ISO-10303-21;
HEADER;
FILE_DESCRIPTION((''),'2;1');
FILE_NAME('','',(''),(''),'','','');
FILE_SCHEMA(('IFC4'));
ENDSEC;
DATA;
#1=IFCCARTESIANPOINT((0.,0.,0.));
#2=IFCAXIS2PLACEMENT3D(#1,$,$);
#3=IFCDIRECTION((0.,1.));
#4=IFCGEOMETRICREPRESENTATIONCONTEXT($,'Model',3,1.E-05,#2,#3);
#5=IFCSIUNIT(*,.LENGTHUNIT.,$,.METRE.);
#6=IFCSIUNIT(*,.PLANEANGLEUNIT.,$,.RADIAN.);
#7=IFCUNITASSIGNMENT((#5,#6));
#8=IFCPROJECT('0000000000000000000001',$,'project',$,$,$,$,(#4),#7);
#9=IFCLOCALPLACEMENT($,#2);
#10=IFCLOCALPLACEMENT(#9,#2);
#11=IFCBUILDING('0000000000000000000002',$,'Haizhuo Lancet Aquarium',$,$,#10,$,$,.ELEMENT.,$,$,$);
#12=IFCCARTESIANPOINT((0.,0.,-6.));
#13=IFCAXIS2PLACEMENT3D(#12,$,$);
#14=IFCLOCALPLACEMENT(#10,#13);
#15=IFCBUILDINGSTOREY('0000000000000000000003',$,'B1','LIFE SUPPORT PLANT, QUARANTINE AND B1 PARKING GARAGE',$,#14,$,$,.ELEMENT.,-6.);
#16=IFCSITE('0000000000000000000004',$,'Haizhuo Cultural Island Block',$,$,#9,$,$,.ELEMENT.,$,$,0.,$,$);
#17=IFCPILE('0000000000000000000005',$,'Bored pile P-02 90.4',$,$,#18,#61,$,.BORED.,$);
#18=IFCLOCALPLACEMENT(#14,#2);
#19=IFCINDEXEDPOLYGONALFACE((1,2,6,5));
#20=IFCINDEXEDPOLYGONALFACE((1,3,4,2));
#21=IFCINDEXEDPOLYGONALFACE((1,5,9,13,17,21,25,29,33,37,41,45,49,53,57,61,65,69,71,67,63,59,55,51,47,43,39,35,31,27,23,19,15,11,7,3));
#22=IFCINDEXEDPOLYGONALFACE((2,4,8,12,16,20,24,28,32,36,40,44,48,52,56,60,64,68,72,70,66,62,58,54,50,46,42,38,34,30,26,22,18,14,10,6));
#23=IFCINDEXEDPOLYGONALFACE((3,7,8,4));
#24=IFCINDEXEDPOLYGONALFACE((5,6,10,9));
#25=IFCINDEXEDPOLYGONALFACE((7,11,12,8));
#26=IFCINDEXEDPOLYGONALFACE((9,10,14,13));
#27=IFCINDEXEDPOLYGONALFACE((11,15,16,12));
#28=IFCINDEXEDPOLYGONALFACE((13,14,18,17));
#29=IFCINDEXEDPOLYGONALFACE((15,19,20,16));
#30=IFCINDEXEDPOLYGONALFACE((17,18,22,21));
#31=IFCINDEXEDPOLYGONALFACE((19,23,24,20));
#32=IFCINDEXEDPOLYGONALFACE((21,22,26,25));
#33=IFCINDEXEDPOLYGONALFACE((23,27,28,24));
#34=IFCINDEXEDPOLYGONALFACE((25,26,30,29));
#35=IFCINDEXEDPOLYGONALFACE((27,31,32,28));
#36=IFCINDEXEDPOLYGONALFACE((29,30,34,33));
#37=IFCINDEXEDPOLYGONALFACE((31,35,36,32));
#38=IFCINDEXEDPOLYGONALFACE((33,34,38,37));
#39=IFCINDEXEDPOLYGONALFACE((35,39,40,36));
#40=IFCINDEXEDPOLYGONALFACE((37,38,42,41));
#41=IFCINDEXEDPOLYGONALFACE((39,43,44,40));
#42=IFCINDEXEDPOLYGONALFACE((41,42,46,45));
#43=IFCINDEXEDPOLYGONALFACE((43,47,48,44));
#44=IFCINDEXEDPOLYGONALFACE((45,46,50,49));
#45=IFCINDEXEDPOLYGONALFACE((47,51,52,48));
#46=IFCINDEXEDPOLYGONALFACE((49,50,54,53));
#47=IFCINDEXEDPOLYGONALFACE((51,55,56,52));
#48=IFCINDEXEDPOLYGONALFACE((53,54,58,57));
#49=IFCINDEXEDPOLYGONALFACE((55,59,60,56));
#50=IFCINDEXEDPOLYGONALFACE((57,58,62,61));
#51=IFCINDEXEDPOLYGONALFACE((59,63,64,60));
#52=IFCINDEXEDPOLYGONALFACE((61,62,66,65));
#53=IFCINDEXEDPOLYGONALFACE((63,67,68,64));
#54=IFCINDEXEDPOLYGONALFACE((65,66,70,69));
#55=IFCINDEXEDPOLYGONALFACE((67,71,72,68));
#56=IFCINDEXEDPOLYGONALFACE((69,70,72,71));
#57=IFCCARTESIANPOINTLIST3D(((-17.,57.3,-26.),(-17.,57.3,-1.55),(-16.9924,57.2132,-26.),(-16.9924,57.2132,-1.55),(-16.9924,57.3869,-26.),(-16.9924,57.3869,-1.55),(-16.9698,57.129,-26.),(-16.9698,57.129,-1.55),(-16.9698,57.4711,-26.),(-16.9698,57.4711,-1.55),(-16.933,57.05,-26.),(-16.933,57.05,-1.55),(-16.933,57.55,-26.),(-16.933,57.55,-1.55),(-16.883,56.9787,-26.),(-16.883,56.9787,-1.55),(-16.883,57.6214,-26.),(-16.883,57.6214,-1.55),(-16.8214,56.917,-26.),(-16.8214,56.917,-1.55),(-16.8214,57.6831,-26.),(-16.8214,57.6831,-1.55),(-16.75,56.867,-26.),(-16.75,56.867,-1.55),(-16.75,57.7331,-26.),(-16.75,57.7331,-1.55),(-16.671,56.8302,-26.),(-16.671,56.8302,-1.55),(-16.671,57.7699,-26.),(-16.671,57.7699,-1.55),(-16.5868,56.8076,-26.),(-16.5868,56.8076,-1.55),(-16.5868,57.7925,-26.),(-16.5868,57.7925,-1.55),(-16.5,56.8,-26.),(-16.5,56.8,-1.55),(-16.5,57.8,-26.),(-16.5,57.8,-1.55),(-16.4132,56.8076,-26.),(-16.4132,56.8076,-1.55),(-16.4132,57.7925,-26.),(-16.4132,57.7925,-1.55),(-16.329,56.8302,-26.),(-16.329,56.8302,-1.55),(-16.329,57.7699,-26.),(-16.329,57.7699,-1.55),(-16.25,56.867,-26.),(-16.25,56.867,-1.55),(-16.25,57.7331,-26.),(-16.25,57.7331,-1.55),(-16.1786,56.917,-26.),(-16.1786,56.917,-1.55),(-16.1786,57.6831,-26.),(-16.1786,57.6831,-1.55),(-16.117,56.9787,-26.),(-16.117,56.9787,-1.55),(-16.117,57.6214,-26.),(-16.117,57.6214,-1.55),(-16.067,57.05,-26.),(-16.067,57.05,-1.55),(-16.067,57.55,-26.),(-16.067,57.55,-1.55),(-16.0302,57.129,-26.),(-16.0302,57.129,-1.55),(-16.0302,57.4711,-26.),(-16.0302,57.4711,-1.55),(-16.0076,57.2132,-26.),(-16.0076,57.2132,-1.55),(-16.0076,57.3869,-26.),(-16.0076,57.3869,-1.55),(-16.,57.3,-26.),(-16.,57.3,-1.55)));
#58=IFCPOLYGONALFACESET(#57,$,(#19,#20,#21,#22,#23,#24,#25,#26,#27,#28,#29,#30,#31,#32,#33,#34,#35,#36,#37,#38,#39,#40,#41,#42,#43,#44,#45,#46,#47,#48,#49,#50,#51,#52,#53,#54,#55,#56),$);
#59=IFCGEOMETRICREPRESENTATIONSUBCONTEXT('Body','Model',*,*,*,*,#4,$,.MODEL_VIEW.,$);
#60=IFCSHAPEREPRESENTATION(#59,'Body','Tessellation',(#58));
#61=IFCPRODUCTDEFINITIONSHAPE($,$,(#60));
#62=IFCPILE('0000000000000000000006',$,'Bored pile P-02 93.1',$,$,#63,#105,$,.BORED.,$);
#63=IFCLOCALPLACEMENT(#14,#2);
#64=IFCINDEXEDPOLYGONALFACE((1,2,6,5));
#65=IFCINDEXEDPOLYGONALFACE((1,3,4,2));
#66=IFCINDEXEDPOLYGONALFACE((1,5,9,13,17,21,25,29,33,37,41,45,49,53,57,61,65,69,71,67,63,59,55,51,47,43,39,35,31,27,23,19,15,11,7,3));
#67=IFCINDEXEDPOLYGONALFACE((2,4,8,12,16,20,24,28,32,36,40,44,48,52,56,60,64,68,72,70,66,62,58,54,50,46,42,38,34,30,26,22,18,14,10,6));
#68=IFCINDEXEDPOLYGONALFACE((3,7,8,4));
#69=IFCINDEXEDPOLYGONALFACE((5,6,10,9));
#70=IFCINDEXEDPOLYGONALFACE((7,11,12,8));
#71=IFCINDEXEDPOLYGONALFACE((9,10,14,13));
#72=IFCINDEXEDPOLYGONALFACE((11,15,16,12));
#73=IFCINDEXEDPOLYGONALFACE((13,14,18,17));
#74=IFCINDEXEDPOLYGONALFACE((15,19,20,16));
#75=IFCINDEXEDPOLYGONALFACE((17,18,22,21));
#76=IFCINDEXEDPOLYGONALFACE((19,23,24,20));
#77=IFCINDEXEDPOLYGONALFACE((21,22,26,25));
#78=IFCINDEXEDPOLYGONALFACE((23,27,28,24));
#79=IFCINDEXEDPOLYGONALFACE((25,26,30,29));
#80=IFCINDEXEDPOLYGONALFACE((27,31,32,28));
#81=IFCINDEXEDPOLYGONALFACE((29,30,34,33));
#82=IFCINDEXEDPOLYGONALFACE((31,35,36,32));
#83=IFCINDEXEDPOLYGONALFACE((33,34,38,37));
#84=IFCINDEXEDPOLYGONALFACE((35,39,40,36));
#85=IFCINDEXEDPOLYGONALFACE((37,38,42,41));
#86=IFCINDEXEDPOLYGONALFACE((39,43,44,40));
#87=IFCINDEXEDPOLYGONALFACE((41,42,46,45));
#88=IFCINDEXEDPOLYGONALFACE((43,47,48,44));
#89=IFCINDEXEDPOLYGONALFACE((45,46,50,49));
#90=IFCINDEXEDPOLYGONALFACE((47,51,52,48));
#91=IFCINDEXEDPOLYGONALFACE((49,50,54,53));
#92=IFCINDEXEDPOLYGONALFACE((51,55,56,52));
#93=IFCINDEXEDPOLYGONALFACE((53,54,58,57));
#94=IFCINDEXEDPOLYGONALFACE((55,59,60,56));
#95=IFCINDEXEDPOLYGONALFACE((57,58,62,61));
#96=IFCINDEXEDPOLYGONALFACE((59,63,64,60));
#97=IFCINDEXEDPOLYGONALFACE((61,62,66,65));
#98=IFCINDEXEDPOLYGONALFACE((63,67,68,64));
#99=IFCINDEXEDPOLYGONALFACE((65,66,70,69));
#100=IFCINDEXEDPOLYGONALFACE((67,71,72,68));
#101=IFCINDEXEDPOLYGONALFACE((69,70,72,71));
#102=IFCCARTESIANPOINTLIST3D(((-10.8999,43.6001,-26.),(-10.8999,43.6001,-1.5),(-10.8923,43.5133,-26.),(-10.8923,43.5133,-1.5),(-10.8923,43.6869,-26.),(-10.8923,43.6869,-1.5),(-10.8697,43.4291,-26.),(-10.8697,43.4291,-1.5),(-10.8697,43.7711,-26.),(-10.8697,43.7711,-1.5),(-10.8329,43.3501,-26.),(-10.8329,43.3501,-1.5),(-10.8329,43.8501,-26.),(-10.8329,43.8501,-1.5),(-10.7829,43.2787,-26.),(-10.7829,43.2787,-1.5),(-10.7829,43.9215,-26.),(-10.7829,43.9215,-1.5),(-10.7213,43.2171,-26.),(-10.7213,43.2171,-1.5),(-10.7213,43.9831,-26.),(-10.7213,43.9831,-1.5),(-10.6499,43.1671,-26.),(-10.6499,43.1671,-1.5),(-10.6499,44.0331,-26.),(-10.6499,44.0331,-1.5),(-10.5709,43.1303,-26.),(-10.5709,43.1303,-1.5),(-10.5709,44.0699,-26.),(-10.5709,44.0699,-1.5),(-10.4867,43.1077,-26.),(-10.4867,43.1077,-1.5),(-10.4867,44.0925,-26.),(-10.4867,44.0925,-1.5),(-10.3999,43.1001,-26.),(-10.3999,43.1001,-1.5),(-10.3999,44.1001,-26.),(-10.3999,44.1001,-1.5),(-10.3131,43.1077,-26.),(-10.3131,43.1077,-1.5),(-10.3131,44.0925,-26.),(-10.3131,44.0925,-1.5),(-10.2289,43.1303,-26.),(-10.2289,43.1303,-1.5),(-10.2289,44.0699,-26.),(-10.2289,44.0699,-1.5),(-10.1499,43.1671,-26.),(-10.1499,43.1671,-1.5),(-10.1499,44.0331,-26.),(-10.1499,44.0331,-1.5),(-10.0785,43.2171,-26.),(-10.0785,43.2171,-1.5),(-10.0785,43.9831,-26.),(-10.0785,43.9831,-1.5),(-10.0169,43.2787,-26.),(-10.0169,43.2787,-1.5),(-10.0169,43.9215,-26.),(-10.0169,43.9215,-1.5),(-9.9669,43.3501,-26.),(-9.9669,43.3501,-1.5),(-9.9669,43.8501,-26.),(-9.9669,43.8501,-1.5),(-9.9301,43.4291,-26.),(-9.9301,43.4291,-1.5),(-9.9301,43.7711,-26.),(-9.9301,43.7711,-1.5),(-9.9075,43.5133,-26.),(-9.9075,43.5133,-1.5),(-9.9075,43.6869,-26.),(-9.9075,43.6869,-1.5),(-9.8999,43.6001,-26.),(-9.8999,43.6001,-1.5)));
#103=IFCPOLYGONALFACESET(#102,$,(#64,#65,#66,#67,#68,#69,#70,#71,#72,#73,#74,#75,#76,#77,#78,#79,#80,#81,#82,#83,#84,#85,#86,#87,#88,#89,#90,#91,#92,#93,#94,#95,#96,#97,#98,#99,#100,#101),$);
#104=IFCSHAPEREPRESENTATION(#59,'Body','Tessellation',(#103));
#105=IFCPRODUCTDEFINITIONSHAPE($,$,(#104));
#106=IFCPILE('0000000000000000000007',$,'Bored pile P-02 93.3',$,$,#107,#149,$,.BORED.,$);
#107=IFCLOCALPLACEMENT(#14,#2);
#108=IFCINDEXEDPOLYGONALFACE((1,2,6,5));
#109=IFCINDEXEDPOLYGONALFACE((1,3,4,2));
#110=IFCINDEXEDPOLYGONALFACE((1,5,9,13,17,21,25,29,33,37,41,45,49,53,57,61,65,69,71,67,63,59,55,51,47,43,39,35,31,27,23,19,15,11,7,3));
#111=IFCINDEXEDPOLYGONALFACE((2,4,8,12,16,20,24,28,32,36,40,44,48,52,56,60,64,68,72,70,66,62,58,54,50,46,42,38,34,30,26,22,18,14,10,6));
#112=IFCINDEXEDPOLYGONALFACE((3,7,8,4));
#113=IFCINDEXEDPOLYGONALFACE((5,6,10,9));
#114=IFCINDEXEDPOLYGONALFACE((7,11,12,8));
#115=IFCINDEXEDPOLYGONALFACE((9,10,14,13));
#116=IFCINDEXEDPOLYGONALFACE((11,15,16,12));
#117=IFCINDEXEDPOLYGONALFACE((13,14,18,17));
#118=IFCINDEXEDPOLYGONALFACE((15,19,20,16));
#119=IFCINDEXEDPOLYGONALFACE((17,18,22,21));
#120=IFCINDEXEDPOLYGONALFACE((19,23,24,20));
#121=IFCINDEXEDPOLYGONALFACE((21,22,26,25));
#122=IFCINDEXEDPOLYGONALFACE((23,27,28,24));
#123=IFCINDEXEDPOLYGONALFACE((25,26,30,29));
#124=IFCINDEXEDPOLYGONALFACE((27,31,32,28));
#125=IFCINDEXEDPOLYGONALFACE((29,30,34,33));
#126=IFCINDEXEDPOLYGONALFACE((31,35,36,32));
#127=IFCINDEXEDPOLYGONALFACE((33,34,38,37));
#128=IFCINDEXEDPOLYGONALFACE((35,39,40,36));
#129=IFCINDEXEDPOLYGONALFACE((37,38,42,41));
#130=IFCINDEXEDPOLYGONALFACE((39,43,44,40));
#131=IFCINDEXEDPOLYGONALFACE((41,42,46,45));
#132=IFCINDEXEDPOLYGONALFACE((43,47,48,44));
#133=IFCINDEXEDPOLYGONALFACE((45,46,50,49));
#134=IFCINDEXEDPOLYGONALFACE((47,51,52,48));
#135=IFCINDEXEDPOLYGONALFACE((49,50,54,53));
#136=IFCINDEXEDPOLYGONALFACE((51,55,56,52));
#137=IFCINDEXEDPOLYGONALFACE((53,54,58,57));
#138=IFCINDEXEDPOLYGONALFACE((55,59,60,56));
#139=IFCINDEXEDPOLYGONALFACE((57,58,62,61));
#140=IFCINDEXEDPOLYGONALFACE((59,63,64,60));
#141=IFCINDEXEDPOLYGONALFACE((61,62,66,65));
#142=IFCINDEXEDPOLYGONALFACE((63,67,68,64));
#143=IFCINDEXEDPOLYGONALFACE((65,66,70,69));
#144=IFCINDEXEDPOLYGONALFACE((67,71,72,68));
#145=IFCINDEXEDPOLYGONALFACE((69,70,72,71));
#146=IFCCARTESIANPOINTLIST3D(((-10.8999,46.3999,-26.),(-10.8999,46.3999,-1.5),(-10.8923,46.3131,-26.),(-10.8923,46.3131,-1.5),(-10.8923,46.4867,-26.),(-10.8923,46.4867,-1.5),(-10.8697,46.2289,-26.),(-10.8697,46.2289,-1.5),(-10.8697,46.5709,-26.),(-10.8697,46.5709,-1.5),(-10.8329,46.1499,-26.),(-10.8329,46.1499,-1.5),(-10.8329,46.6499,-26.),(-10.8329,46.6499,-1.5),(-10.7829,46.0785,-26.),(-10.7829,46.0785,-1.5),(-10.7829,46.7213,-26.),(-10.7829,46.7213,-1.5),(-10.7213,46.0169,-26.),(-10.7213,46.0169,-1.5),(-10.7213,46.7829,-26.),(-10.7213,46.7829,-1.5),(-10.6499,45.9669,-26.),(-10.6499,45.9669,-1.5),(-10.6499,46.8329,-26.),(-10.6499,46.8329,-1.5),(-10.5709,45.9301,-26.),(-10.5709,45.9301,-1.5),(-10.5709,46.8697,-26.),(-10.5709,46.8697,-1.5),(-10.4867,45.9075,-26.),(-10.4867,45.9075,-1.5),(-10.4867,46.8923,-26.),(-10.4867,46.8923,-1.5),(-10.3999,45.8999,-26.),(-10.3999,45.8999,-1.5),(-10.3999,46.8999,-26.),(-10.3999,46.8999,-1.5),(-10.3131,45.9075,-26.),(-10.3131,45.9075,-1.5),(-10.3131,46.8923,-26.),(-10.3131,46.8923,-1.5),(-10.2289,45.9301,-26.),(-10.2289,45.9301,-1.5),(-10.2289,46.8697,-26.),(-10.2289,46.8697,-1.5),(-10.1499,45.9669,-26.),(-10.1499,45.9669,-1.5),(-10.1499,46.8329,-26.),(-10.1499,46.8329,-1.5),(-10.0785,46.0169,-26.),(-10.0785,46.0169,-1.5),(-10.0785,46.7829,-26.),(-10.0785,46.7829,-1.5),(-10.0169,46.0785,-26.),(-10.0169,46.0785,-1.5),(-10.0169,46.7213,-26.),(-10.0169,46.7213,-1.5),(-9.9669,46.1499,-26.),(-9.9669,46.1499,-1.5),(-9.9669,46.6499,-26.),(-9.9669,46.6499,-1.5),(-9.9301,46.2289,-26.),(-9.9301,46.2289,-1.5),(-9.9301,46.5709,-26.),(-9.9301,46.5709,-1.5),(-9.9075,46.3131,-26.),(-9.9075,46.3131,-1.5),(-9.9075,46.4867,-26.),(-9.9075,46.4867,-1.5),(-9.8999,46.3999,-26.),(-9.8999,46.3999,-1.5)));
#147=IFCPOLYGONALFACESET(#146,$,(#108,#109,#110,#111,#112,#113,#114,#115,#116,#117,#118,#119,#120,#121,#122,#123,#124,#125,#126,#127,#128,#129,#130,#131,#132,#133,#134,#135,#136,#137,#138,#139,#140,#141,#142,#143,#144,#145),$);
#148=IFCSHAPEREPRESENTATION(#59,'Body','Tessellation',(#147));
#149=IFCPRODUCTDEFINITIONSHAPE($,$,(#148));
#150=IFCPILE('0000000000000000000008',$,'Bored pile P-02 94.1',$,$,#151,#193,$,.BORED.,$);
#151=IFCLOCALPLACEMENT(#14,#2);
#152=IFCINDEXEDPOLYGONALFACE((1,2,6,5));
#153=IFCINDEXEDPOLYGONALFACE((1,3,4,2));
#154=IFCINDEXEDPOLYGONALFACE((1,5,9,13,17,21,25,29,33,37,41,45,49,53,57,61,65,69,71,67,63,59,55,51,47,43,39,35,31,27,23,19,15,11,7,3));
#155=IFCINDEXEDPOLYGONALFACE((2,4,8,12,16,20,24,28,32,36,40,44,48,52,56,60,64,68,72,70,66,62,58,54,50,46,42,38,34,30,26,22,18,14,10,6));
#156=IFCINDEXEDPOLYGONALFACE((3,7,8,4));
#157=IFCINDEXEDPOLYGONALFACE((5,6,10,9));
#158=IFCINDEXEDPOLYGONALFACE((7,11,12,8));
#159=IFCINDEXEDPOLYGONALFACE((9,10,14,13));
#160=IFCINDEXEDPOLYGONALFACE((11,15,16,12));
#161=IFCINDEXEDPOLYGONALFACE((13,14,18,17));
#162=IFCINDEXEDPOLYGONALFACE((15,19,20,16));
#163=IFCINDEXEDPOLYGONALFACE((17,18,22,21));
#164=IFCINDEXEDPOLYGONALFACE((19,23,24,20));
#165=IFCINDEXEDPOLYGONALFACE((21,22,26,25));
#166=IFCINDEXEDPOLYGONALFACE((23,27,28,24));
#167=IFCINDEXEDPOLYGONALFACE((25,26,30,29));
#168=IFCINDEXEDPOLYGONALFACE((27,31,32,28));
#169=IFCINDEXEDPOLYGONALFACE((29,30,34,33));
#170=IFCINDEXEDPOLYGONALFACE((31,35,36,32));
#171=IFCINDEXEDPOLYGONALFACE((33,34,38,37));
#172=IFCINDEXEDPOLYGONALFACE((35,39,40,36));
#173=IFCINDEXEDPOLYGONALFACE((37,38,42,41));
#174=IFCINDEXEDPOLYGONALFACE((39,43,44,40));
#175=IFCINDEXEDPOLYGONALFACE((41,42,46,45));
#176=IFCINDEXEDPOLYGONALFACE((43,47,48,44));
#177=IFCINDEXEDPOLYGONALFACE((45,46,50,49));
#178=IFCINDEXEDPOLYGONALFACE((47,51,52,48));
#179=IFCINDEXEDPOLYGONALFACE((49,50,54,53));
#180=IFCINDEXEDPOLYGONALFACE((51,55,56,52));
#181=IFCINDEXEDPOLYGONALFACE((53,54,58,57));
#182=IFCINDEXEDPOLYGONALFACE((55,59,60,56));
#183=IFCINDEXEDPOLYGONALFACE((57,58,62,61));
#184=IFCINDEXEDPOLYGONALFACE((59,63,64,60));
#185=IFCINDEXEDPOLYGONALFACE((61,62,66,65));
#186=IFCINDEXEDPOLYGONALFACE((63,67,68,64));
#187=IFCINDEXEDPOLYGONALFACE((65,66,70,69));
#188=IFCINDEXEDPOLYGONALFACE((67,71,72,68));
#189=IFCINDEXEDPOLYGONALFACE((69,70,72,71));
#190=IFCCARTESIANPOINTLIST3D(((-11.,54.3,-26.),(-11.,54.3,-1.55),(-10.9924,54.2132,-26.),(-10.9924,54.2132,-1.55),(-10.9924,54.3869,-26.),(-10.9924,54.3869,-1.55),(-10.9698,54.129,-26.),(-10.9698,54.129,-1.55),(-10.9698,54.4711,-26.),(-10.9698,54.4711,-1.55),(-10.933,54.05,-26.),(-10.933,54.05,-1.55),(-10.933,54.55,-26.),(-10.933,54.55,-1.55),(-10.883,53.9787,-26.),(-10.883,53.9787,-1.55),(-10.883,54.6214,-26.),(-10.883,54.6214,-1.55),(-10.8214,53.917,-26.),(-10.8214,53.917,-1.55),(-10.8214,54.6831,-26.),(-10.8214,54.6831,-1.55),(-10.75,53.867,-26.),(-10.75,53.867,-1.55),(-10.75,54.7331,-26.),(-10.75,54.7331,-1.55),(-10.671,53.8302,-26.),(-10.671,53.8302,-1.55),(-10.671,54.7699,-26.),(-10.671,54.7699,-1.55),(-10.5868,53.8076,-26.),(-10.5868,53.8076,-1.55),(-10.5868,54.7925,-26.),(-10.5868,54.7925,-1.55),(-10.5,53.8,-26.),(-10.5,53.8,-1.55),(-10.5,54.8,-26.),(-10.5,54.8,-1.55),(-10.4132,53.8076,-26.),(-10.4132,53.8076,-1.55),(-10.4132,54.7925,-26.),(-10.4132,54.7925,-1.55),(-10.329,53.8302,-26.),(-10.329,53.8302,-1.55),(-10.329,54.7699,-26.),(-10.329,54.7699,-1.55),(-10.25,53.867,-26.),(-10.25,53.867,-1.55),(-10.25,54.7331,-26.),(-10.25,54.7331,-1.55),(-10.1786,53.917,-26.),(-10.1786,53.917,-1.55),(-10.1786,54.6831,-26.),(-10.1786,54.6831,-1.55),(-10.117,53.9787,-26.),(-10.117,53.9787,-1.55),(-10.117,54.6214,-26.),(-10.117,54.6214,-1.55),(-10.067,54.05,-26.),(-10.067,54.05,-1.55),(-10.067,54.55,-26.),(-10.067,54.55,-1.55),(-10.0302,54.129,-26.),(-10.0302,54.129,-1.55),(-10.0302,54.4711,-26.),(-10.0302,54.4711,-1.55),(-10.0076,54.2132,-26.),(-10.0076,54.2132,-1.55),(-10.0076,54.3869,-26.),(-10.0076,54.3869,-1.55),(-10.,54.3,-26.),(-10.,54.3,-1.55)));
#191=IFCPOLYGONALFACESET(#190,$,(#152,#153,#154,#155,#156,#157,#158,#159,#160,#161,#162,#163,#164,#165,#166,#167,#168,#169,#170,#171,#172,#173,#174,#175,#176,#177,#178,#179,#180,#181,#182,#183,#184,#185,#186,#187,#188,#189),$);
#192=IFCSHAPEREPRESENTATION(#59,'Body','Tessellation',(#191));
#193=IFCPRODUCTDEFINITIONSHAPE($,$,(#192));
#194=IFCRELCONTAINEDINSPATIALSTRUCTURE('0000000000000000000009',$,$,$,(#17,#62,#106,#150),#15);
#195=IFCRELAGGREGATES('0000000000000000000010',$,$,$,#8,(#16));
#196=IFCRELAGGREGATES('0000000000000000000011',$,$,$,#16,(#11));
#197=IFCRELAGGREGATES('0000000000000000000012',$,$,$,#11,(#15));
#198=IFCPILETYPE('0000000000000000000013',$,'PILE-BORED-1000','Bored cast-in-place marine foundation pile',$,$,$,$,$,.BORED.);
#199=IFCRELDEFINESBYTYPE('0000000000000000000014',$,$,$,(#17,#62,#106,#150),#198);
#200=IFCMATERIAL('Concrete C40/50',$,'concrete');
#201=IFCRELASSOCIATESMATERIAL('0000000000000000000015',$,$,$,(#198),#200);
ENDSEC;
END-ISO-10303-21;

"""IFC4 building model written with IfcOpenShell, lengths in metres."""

from ifc_helpers import new_model, si_unit, direction, frame, origin, origin_2d, place, context, subcontext, project, spatial, circle, extrude, material, material_profile, profile_set, type_object, element, save


model = new_model("IFC4")

# Units and contexts
model_context = context("Model", 3, precision=1e-05, world=origin(), true_north=direction((0.0, 1.0)))
body_context = subcontext(model_context, "Body", "Model", "MODEL_VIEW")
ifc_project = project(units=[si_unit("LENGTHUNIT", "METRE"), si_unit("PLANEANGLEUNIT", "RADIAN")], contexts=[model_context])

# Site, building, storey
site_placement = place(None, origin())
site = spatial("IfcSite", under=ifc_project, at=site_placement, Name="Haizhuo Cultural Island Block", CompositionType="ELEMENT", RefElevation=0.0)
building_placement = place(site_placement, origin())
building = spatial("IfcBuilding", under=site, at=building_placement, Name="Haizhuo Lancet Aquarium", CompositionType="ELEMENT")
storey_placement = place(building_placement, frame((0.0, 0.0, -6.0)))
storey = spatial("IfcBuildingStorey", under=building, at=storey_placement, Name="B1", Description="LIFE SUPPORT PLANT, QUARANTINE AND B1 PARKING GARAGE", CompositionType="ELEMENT", Elevation=-6.0)

# Shared definitions
ifc_material_1 = material(Name="Concrete C40/50", Category="concrete")

# Piles
ifc_material_profile_1 = material_profile(ifc_material_1, circle(Radius=0.5, at=origin_2d()), Name="PILE-1000")
ifc_profile_set_1 = profile_set([ifc_material_profile_1], Name="Concrete C40/50")
pile_type = type_object("IfcPileType", Name="PILE-BORED-1000", Description="Bored cast-in-place marine foundation pile", PredefinedType="BORED", material=ifc_profile_set_1)
for number, where, z_axis, x_axis, name in (
    (1, (-16.5, 57.3, -1.55), (0.0, 0.0, -1.0), (1.0, 0.0, 0.0), "Bored pile P-02 90.4"),
):
    element("IfcPile", number, at=place(storey_placement, frame(where, z_axis=z_axis, x_axis=x_axis)), inside=storey, type_object=pile_type, Name=name, PredefinedType="BORED", context=body_context, shape_type="SweptSolid", body=[
        extrude(circle(Radius=0.5, at=origin_2d()), origin(), (0.0, 0.0, 1.0), 24.45),
    ])
for number, where, z_axis, x_axis, name in (
    (2, (-10.3999, 43.6001, -1.5), (0.0, 0.0, -1.0), (1.0, 0.0, 0.0), "Bored pile P-02 93.1"),
    (3, (-10.3999, 46.3999, -1.5), (0.0, 0.0, -1.0), (1.0, 0.0, 0.0), "Bored pile P-02 93.3"),
):
    element("IfcPile", number, at=place(storey_placement, frame(where, z_axis=z_axis, x_axis=x_axis)), inside=storey, type_object=pile_type, Name=name, PredefinedType="BORED", context=body_context, shape_type="SweptSolid", body=[
        extrude(circle(Radius=0.5, at=origin_2d()), origin(), (0.0, 0.0, 1.0), 24.5),
    ])
for number, where, z_axis, x_axis, name in (
    (4, (-10.5, 54.3, -1.55), (0.0, 0.0, -1.0), (1.0, 0.0, 0.0), "Bored pile P-02 94.1"),
):
    element("IfcPile", number, at=place(storey_placement, frame(where, z_axis=z_axis, x_axis=x_axis)), inside=storey, type_object=pile_type, Name=name, PredefinedType="BORED", context=body_context, shape_type="SweptSolid", body=[
        extrude(circle(Radius=0.5, at=origin_2d()), origin(), (0.0, 0.0, 1.0), 24.45),
    ])

save(model, "model.ifc")
